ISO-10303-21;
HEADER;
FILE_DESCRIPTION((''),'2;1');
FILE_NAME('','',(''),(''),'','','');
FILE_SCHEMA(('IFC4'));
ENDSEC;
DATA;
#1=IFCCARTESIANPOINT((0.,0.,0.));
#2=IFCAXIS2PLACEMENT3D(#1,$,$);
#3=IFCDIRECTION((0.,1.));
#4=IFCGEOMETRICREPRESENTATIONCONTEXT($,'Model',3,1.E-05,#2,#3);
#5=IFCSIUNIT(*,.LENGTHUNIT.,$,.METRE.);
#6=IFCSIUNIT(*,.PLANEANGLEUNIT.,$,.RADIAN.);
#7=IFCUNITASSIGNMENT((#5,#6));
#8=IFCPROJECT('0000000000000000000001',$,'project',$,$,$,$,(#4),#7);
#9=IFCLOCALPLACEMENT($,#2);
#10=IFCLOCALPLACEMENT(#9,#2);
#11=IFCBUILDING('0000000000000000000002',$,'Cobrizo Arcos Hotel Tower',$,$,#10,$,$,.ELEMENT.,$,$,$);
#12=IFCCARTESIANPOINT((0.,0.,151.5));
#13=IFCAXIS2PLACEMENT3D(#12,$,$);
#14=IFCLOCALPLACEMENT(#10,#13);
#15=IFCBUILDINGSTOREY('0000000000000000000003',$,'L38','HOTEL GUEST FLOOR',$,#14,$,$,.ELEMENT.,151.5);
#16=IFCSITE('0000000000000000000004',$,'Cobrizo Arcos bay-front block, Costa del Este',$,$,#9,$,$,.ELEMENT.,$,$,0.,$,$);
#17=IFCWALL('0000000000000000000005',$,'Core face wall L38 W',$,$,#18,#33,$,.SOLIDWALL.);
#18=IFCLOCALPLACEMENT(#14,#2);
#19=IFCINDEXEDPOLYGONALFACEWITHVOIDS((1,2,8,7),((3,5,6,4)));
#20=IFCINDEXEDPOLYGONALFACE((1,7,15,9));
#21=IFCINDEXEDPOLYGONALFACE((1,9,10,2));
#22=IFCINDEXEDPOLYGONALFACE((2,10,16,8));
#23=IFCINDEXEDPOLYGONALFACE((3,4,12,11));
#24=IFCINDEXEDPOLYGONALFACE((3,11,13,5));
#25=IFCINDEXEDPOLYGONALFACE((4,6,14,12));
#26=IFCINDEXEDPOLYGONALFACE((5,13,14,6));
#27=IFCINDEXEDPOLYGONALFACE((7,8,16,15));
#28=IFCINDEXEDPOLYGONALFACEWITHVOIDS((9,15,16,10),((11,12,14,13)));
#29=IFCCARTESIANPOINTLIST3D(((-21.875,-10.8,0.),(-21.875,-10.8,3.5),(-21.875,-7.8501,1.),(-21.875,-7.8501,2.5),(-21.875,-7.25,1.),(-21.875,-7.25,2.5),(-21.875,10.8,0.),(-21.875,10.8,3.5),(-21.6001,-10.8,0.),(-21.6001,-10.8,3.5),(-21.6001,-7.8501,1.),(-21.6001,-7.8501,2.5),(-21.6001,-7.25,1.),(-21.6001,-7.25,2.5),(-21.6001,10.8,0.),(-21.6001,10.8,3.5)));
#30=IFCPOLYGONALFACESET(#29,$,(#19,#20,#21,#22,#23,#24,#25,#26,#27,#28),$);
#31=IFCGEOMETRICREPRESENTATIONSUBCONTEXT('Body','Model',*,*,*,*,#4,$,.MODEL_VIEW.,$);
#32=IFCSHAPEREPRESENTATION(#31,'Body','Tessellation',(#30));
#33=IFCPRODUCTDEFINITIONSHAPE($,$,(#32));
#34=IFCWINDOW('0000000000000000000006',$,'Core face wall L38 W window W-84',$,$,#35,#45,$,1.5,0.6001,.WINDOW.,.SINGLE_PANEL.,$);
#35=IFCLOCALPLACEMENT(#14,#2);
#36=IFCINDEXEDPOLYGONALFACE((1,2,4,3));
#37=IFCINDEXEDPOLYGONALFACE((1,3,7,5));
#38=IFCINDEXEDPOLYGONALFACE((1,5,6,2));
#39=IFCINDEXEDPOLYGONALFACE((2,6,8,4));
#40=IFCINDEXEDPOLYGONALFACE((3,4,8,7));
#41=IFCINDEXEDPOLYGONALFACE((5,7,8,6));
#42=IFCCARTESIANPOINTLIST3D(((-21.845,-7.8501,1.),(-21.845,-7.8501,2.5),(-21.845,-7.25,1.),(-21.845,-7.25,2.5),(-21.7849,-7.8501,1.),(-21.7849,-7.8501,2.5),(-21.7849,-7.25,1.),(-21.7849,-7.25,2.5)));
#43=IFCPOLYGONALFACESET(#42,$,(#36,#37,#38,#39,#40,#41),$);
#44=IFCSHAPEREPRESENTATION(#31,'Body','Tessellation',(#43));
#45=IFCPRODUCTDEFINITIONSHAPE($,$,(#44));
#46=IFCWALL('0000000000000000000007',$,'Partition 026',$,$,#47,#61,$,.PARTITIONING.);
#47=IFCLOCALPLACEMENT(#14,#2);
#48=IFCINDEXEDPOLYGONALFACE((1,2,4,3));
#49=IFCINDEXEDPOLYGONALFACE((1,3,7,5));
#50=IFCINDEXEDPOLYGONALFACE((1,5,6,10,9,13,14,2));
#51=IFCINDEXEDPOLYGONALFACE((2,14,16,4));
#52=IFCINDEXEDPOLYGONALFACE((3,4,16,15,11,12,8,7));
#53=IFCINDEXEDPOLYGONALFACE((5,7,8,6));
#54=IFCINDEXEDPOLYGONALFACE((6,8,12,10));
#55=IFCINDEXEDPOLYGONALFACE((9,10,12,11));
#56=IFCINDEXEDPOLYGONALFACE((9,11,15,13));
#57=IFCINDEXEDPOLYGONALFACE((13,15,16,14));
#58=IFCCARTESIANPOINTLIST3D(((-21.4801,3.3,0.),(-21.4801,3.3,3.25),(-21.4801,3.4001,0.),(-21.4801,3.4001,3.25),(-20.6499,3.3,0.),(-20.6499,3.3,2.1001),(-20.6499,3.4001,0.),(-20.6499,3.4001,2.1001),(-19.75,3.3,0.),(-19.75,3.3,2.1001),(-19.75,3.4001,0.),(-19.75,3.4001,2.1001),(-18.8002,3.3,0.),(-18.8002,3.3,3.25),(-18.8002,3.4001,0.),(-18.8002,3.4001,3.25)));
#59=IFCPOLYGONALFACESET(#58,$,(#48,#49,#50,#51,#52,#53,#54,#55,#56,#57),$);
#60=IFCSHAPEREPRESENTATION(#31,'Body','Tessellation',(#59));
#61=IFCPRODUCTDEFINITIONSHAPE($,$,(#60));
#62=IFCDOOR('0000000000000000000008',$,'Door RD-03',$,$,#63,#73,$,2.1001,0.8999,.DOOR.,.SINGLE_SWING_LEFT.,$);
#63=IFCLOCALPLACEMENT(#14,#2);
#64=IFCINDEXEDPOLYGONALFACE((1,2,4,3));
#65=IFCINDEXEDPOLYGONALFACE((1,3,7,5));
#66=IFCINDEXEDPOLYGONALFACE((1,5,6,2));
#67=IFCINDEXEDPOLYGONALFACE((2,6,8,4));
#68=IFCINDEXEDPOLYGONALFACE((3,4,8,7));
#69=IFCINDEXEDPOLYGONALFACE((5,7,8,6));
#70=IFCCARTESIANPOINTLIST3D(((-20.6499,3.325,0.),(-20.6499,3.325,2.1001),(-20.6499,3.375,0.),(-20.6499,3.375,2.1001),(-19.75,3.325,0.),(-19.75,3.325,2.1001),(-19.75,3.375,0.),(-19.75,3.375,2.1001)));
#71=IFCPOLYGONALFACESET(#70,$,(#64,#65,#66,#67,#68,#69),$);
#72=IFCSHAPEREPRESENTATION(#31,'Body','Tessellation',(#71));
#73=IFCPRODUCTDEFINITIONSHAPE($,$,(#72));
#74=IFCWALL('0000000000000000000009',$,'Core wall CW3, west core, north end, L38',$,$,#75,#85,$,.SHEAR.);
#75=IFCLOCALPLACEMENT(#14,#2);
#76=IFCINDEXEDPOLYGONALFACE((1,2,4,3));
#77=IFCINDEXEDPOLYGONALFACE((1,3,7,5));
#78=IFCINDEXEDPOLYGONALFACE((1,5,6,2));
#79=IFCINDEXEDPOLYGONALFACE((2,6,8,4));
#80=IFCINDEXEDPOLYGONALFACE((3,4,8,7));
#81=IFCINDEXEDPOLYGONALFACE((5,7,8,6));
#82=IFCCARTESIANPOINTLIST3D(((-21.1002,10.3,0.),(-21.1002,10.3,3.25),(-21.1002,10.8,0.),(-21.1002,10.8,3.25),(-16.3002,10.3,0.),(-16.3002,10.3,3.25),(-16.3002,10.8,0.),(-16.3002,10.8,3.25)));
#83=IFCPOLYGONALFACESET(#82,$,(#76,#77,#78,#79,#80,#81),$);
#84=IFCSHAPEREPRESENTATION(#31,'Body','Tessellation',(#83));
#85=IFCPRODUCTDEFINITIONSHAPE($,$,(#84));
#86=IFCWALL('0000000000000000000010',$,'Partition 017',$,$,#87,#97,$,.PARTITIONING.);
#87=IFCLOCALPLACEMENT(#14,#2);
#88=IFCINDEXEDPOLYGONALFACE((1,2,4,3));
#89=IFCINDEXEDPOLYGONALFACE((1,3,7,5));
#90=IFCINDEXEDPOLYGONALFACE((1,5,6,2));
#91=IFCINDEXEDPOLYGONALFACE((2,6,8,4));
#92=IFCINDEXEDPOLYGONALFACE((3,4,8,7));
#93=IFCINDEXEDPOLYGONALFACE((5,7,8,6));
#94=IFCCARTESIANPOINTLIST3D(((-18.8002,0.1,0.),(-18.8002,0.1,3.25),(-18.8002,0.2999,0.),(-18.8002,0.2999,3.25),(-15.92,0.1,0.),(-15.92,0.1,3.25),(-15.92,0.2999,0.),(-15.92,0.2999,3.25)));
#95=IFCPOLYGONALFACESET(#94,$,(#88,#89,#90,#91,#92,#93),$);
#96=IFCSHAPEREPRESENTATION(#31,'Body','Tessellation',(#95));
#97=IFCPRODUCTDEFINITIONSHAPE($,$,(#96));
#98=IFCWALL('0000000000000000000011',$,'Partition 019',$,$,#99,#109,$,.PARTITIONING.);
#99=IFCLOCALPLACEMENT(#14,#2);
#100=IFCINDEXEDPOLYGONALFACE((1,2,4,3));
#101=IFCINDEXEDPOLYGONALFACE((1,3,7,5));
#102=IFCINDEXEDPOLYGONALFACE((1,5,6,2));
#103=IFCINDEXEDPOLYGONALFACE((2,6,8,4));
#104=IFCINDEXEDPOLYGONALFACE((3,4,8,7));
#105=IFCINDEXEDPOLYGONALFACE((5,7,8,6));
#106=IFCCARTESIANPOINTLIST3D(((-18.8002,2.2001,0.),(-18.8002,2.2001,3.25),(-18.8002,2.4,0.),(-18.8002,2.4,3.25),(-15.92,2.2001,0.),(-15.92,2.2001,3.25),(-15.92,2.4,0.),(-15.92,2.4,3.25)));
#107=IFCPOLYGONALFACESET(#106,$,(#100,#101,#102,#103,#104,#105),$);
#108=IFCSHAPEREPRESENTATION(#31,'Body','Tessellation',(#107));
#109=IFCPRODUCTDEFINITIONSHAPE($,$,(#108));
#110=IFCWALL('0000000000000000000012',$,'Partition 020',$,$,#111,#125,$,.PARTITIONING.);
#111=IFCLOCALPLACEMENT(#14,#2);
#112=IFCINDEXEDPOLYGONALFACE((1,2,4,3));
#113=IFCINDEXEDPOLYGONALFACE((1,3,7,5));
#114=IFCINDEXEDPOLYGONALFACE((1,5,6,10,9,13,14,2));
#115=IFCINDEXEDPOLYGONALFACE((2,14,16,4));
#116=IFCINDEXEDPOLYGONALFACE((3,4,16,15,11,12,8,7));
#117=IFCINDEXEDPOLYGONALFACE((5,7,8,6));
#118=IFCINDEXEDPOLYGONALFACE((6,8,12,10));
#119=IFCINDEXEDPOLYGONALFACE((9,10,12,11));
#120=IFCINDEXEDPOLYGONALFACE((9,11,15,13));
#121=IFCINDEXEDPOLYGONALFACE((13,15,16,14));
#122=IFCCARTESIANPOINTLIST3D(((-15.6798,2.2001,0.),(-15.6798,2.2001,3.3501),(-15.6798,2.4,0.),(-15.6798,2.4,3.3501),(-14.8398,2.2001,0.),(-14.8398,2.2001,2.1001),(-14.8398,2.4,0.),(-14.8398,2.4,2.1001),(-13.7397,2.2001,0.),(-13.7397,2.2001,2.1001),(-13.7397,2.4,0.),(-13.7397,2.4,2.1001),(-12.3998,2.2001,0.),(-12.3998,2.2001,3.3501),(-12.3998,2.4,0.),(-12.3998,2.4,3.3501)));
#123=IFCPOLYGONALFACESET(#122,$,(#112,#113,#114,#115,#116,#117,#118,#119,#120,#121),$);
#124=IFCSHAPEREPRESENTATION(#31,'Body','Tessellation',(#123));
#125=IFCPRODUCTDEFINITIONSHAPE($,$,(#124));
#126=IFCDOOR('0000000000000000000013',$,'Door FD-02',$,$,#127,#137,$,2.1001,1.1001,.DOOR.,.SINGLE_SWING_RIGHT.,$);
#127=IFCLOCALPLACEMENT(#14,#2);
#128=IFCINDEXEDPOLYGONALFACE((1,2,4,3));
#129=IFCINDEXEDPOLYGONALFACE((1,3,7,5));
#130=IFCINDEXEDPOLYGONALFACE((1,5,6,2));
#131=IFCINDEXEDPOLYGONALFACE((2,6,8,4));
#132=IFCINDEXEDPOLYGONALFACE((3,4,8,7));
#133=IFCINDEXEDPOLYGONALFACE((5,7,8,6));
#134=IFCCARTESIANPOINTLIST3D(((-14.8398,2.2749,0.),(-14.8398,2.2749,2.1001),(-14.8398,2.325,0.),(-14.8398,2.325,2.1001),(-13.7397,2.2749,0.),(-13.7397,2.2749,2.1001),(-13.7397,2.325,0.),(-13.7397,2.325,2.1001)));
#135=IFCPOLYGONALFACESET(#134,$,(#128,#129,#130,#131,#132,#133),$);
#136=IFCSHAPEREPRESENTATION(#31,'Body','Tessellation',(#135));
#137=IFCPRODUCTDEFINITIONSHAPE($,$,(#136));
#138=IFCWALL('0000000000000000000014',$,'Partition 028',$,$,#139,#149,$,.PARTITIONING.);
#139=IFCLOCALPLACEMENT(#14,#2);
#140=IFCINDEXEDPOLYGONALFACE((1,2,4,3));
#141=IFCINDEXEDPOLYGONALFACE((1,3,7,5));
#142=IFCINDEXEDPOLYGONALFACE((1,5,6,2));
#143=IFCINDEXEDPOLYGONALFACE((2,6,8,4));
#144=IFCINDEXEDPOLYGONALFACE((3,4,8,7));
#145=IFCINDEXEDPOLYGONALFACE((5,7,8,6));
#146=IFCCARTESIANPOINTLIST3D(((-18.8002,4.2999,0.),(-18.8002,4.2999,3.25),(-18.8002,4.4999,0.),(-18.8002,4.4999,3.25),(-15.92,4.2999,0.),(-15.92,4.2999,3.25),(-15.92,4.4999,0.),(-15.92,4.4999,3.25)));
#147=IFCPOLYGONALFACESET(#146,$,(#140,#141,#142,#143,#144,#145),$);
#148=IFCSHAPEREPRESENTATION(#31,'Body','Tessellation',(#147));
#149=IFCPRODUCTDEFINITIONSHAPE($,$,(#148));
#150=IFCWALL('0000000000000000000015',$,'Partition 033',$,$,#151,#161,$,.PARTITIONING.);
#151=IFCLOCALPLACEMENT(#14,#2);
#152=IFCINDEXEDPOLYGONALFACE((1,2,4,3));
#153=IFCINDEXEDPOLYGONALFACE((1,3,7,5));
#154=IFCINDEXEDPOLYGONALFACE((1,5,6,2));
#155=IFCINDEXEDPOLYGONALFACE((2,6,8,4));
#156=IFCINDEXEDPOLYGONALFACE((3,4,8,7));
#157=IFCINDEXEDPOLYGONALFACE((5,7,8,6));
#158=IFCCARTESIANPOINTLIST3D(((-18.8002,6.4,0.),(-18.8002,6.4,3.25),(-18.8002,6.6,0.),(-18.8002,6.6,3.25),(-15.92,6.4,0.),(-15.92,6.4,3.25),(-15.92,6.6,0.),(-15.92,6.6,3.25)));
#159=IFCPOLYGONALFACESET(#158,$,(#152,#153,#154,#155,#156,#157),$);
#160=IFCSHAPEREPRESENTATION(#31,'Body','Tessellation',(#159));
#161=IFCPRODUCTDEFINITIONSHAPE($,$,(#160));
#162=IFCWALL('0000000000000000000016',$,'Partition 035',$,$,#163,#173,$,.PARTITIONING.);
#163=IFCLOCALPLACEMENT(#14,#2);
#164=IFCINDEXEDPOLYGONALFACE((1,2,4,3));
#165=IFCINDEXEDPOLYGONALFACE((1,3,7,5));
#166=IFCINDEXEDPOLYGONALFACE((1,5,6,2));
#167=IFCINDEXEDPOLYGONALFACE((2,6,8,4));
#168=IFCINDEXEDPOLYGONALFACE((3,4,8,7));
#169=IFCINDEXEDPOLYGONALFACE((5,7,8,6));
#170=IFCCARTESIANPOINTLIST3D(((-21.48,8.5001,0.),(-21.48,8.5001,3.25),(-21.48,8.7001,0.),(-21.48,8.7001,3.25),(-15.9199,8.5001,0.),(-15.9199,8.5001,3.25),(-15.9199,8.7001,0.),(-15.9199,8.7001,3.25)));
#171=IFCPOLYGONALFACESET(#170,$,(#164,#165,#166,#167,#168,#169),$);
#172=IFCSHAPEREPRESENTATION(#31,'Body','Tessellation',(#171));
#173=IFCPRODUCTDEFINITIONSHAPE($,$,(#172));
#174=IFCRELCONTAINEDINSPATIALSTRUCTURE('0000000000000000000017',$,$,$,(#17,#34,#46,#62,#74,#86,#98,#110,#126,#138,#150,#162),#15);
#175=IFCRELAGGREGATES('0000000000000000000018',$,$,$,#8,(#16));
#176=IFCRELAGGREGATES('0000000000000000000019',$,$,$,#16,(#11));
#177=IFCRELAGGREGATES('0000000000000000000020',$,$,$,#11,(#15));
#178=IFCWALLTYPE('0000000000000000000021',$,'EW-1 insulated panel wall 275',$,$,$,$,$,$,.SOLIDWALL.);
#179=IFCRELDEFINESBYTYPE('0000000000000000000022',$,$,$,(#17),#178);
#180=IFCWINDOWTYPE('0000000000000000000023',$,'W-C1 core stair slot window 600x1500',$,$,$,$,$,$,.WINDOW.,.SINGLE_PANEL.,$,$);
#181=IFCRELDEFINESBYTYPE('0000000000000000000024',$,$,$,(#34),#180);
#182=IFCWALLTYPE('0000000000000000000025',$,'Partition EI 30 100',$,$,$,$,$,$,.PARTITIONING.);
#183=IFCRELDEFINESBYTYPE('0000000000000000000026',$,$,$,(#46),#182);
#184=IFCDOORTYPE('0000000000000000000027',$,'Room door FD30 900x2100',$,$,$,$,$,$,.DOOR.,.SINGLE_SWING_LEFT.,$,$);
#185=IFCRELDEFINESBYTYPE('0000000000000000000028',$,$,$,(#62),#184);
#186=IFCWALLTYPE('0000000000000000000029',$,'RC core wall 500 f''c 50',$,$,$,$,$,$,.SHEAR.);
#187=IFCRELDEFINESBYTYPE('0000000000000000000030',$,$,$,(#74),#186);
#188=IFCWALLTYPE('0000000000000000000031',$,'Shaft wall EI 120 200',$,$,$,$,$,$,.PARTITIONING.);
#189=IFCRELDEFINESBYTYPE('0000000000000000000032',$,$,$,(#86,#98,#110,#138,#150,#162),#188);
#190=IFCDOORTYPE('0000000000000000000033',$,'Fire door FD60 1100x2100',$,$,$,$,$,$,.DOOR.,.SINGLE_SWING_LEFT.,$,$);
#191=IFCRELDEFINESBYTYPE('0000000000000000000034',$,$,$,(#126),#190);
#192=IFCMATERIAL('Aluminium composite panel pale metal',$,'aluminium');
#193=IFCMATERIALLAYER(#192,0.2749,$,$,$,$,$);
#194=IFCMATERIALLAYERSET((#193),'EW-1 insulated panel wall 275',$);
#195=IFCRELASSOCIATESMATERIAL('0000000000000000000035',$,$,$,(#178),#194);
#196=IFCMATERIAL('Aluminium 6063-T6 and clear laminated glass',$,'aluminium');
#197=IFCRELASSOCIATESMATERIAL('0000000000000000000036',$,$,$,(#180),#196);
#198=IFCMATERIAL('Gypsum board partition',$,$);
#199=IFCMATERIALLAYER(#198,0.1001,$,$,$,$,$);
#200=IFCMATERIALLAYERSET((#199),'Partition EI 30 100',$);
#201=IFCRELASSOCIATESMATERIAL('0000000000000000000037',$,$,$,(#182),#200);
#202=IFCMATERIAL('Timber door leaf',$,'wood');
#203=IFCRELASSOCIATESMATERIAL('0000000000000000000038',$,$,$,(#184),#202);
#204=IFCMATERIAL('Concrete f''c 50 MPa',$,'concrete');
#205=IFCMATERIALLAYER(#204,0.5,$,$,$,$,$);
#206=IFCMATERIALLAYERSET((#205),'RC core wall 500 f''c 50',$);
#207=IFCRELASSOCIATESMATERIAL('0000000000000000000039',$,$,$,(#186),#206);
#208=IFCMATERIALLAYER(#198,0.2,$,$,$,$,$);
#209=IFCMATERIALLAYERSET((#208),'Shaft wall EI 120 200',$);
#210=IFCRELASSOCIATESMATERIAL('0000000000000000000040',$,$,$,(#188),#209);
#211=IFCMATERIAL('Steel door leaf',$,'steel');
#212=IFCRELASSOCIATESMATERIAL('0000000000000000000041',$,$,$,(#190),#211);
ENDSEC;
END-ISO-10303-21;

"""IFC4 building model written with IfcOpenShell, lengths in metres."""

from ifc_helpers import new_model, si_unit, direction, frame, frame_2d, origin, place, context, subcontext, project, spatial, rectangle, extrude, material, layer, layer_set, type_object, element, fill, save


model = new_model("IFC4")

# Units and contexts
model_context = context("Model", 3, precision=1e-05, world=origin(), true_north=direction((0.0, 1.0)))
body_context = subcontext(model_context, "Body", "Model", "MODEL_VIEW")
ifc_project = project(units=[si_unit("LENGTHUNIT", "METRE"), si_unit("PLANEANGLEUNIT", "RADIAN")], contexts=[model_context])

# Site, building, storey
site_placement = place(None, origin())
site = spatial("IfcSite", under=ifc_project, at=site_placement, Name="Cobrizo Arcos bay-front block, Costa del Este", CompositionType="ELEMENT", RefElevation=0.0)
building_placement = place(site_placement, origin())
building = spatial("IfcBuilding", under=site, at=building_placement, Name="Cobrizo Arcos Hotel Tower", CompositionType="ELEMENT")
storey_placement = place(building_placement, frame((0.0, 0.0, 151.5)))
storey = spatial("IfcBuildingStorey", under=building, at=storey_placement, Name="L38", Description="HOTEL GUEST FLOOR", CompositionType="ELEMENT", Elevation=151.5)

# Shared definitions
ifc_material_1 = material(Name="Aluminium composite panel pale metal", Category="aluminium")

# Shared definitions
ifc_material_2 = material(Name="Gypsum board partition")
ifc_material_3 = material(Name="Timber door leaf", Category="wood")

# Wall, opening, window
ifc_layer_1 = layer(ifc_material_1, 0.2749)
ifc_layer_set_1 = layer_set([ifc_layer_1], Name="EW-1 insulated panel wall 275")
wall_type_1 = type_object("IfcWallType", Name="EW-1 insulated panel wall 275", PredefinedType="SOLIDWALL", material=ifc_layer_set_1)
wall_1_placement = place(storey_placement, frame((-21.7375, 10.8, 0.0), z_axis=(0.0, 0.0, 1.0), x_axis=(0.0, -1.0, 0.0)))
wall_1 = element("IfcWall", 1, at=wall_1_placement, inside=storey, type_object=wall_type_1, Name="Core face wall L38 W", PredefinedType="SOLIDWALL", context=body_context, shape_type="SweptSolid", body=[
    extrude(rectangle(XDim=21.6001, YDim=0.2749, at=frame_2d((10.8, 0.0))), origin(), (0.0, 0.0, 1.0), 3.5),
])
opening_1_placement = place(wall_1_placement, frame((18.05, 0.0, 1.0)))
opening_1 = element("IfcOpeningElement", 2, at=opening_1_placement, cuts=wall_1, PredefinedType="OPENING", context=body_context, shape_type="SweptSolid", body=[
    extrude(rectangle(XDim=0.6001, YDim=1.5, at=frame_2d((0.3, 0.75))), frame((0.0, 0.1494, 0.0), z_axis=(0.0, -1.0, 0.0), x_axis=(1.0, 0.0, 0.0)), (0.0, 0.0, 1.0), 0.2988),
])
ifc_material_4 = material(Name="Aluminium 6063-T6 and clear laminated glass", Category="aluminium")
window_type = type_object("IfcWindowType", Name="W-C1 core stair slot window 600x1500", PartitioningType="SINGLE_PANEL", PredefinedType="WINDOW", material=ifc_material_4)
window_placement = place(opening_1_placement, origin())
window = element("IfcWindow", 3, at=window_placement, inside=storey, type_object=window_type, Name="Core face wall L38 W window W-84", OverallHeight=1.5, OverallWidth=0.6001, PartitioningType="SINGLE_PANEL", PredefinedType="WINDOW", context=body_context, shape_type="SweptSolid", body=[
    extrude(rectangle(XDim=0.6001, YDim=1.5, at=frame_2d((0.3, 0.75))), frame((0.0, -0.0474, 0.0), z_axis=(0.0, -1.0, 0.0), x_axis=(1.0, 0.0, 0.0)), (0.0, 0.0, 1.0), 0.0601),
])
fill(opening_1, window)

# Wall, opening, door
ifc_layer_2 = layer(ifc_material_2, 0.1001)
ifc_layer_set_2 = layer_set([ifc_layer_2], Name="Partition EI 30 100")
wall_type_2 = type_object("IfcWallType", Name="Partition EI 30 100", PredefinedType="PARTITIONING", material=ifc_layer_set_2)
wall_2_placement = place(storey_placement, frame((-21.48, 3.3501, 0.0), z_axis=(0.0, 0.0, 1.0), x_axis=(1.0, 0.0, 0.0)))
wall_2 = element("IfcWall", 4, at=wall_2_placement, inside=storey, type_object=wall_type_2, Name="Partition 026", PredefinedType="PARTITIONING", context=body_context, shape_type="SweptSolid", body=[
    extrude(rectangle(XDim=2.6799, YDim=0.1001, at=frame_2d((1.3398, 0.0))), origin(), (0.0, 0.0, 1.0), 3.25),
])
opening_2_placement = place(wall_2_placement, frame((0.8301, 0.0, 0.0)))
opening_2 = element("IfcOpeningElement", 5, at=opening_2_placement, cuts=wall_2, PredefinedType="OPENING", context=body_context, shape_type="SweptSolid", body=[
    extrude(rectangle(XDim=0.8999, YDim=2.1001, at=frame_2d((0.45, 1.05))), frame((0.0, 0.062, 0.0), z_axis=(0.0, -1.0, 0.0), x_axis=(1.0, 0.0, 0.0)), (0.0, 0.0, 1.0), 0.124),
])
door_type_1 = type_object("IfcDoorType", Name="Room door FD30 900x2100", OperationType="SINGLE_SWING_LEFT", PredefinedType="DOOR", material=ifc_material_3)
door_1_placement = place(opening_2_placement, origin())
door_1 = element("IfcDoor", 6, at=door_1_placement, inside=storey, type_object=door_type_1, Name="Door RD-03", OperationType="SINGLE_SWING_LEFT", OverallHeight=2.1001, OverallWidth=0.8999, PredefinedType="DOOR", context=body_context, shape_type="SweptSolid", body=[
    extrude(rectangle(XDim=0.8999, YDim=2.1001, at=frame_2d((0.45, 1.05))), frame((0.0, 0.0249, 0.0), z_axis=(0.0, -1.0, 0.0), x_axis=(1.0, 0.0, 0.0)), (0.0, 0.0, 1.0), 0.05),
])
fill(opening_2, door_1)

# Walls
ifc_material_5 = material(Name="Concrete f'c 50 MPa", Category="concrete")
ifc_layer_3 = layer(ifc_material_5, 0.5)
ifc_layer_set_3 = layer_set([ifc_layer_3], Name="RC core wall 500 f'c 50")
wall_type_3 = type_object("IfcWallType", Name="RC core wall 500 f'c 50", PredefinedType="SHEAR", material=ifc_layer_set_3)
wall_3_placement = place(storey_placement, frame((-21.1001, 10.55, 0.0), z_axis=(0.0, 0.0, 1.0), x_axis=(1.0, 0.0, 0.0)))
element("IfcWall", 7, at=wall_3_placement, inside=storey, type_object=wall_type_3, Name="Core wall CW3, west core, north end, L38", PredefinedType="SHEAR", context=body_context, shape_type="SweptSolid", body=[
    extrude(rectangle(XDim=4.8, YDim=0.5, at=frame_2d((2.3999, 0.0))), origin(), (0.0, 0.0, 1.0), 3.25),
])
ifc_layer_4 = layer(ifc_material_2, 0.2)
ifc_layer_set_4 = layer_set([ifc_layer_4], Name="Shaft wall EI 120 200")
wall_type_4 = type_object("IfcWallType", Name="Shaft wall EI 120 200", PredefinedType="PARTITIONING", material=ifc_layer_set_4)
for number, where, z_axis, x_axis, name in (
    (8, (-18.8, 0.2, 0.0), (0.0, 0.0, 1.0), (1.0, 0.0, 0.0), "Partition 017"),
    (9, (-18.8, 2.3, 0.0), (0.0, 0.0, 1.0), (1.0, 0.0, 0.0), "Partition 019"),
):
    element("IfcWall", number, at=place(storey_placement, frame(where, z_axis=z_axis, x_axis=x_axis)), inside=storey, type_object=wall_type_4, Name=name, PredefinedType="PARTITIONING", context=body_context, shape_type="SweptSolid", body=[
        extrude(rectangle(XDim=2.8801, YDim=0.2, at=frame_2d((1.4399, 0.0))), origin(), (0.0, 0.0, 1.0), 3.25),
    ])

# Wall, opening, door
wall_4_placement = place(storey_placement, frame((-15.6799, 2.3, 0.0), z_axis=(0.0, 0.0, 1.0), x_axis=(1.0, 0.0, 0.0)))
wall_4 = element("IfcWall", 10, at=wall_4_placement, inside=storey, type_object=wall_type_4, Name="Partition 020", PredefinedType="PARTITIONING", context=body_context, shape_type="SweptSolid", body=[
    extrude(rectangle(XDim=3.28, YDim=0.2, at=frame_2d((1.6401, 0.0))), origin(), (0.0, 0.0, 1.0), 3.3501),
])
opening_3_placement = place(wall_4_placement, frame((0.8401, 0.0, 0.0)))
opening_3 = element("IfcOpeningElement", 11, at=opening_3_placement, cuts=wall_4, PredefinedType="OPENING", context=body_context, shape_type="SweptSolid", body=[
    extrude(rectangle(XDim=1.1001, YDim=2.1001, at=frame_2d((0.55, 1.05))), frame((0.0, 0.1121, 0.0), z_axis=(0.0, -1.0, 0.0), x_axis=(1.0, 0.0, 0.0)), (0.0, 0.0, 1.0), 0.2239),
])
ifc_material_6 = material(Name="Steel door leaf", Category="steel")
door_type_2 = type_object("IfcDoorType", Name="Fire door FD60 1100x2100", OperationType="SINGLE_SWING_LEFT", PredefinedType="DOOR", material=ifc_material_6)
door_2_placement = place(opening_3_placement, origin())
door_2 = element("IfcDoor", 12, at=door_2_placement, inside=storey, type_object=door_type_2, Name="Door FD-02", OperationType="SINGLE_SWING_RIGHT", OverallHeight=2.1001, OverallWidth=1.1001, PredefinedType="DOOR", context=body_context, shape_type="SweptSolid", body=[
    extrude(rectangle(XDim=1.1001, YDim=2.1001, at=frame_2d((0.55, 1.05))), frame((0.0, 0.0249, 0.0), z_axis=(0.0, -1.0, 0.0), x_axis=(1.0, 0.0, 0.0)), (0.0, 0.0, 1.0), 0.05),
])
fill(opening_3, door_2)

# Walls
for number, where, z_axis, x_axis, name in (
    (13, (-18.8, 4.3999, 0.0), (0.0, 0.0, 1.0), (1.0, 0.0, 0.0), "Partition 028"),
    (14, (-18.8, 6.5, 0.0), (0.0, 0.0, 1.0), (1.0, 0.0, 0.0), "Partition 033"),
):
    element("IfcWall", number, at=place(storey_placement, frame(where, z_axis=z_axis, x_axis=x_axis)), inside=storey, type_object=wall_type_4, Name=name, PredefinedType="PARTITIONING", context=body_context, shape_type="SweptSolid", body=[
        extrude(rectangle(XDim=2.8801, YDim=0.2, at=frame_2d((1.4399, 0.0))), origin(), (0.0, 0.0, 1.0), 3.25),
    ])
wall_5_placement = place(storey_placement, frame((-21.48, 8.6001, 0.0), z_axis=(0.0, 0.0, 1.0), x_axis=(1.0, 0.0, 0.0)))
element("IfcWall", 15, at=wall_5_placement, inside=storey, type_object=wall_type_4, Name="Partition 035", PredefinedType="PARTITIONING", context=body_context, shape_type="SweptSolid", body=[
    extrude(rectangle(XDim=5.5601, YDim=0.2, at=frame_2d((2.78, 0.0))), origin(), (0.0, 0.0, 1.0), 3.25),
])

save(model, "model.ifc")
